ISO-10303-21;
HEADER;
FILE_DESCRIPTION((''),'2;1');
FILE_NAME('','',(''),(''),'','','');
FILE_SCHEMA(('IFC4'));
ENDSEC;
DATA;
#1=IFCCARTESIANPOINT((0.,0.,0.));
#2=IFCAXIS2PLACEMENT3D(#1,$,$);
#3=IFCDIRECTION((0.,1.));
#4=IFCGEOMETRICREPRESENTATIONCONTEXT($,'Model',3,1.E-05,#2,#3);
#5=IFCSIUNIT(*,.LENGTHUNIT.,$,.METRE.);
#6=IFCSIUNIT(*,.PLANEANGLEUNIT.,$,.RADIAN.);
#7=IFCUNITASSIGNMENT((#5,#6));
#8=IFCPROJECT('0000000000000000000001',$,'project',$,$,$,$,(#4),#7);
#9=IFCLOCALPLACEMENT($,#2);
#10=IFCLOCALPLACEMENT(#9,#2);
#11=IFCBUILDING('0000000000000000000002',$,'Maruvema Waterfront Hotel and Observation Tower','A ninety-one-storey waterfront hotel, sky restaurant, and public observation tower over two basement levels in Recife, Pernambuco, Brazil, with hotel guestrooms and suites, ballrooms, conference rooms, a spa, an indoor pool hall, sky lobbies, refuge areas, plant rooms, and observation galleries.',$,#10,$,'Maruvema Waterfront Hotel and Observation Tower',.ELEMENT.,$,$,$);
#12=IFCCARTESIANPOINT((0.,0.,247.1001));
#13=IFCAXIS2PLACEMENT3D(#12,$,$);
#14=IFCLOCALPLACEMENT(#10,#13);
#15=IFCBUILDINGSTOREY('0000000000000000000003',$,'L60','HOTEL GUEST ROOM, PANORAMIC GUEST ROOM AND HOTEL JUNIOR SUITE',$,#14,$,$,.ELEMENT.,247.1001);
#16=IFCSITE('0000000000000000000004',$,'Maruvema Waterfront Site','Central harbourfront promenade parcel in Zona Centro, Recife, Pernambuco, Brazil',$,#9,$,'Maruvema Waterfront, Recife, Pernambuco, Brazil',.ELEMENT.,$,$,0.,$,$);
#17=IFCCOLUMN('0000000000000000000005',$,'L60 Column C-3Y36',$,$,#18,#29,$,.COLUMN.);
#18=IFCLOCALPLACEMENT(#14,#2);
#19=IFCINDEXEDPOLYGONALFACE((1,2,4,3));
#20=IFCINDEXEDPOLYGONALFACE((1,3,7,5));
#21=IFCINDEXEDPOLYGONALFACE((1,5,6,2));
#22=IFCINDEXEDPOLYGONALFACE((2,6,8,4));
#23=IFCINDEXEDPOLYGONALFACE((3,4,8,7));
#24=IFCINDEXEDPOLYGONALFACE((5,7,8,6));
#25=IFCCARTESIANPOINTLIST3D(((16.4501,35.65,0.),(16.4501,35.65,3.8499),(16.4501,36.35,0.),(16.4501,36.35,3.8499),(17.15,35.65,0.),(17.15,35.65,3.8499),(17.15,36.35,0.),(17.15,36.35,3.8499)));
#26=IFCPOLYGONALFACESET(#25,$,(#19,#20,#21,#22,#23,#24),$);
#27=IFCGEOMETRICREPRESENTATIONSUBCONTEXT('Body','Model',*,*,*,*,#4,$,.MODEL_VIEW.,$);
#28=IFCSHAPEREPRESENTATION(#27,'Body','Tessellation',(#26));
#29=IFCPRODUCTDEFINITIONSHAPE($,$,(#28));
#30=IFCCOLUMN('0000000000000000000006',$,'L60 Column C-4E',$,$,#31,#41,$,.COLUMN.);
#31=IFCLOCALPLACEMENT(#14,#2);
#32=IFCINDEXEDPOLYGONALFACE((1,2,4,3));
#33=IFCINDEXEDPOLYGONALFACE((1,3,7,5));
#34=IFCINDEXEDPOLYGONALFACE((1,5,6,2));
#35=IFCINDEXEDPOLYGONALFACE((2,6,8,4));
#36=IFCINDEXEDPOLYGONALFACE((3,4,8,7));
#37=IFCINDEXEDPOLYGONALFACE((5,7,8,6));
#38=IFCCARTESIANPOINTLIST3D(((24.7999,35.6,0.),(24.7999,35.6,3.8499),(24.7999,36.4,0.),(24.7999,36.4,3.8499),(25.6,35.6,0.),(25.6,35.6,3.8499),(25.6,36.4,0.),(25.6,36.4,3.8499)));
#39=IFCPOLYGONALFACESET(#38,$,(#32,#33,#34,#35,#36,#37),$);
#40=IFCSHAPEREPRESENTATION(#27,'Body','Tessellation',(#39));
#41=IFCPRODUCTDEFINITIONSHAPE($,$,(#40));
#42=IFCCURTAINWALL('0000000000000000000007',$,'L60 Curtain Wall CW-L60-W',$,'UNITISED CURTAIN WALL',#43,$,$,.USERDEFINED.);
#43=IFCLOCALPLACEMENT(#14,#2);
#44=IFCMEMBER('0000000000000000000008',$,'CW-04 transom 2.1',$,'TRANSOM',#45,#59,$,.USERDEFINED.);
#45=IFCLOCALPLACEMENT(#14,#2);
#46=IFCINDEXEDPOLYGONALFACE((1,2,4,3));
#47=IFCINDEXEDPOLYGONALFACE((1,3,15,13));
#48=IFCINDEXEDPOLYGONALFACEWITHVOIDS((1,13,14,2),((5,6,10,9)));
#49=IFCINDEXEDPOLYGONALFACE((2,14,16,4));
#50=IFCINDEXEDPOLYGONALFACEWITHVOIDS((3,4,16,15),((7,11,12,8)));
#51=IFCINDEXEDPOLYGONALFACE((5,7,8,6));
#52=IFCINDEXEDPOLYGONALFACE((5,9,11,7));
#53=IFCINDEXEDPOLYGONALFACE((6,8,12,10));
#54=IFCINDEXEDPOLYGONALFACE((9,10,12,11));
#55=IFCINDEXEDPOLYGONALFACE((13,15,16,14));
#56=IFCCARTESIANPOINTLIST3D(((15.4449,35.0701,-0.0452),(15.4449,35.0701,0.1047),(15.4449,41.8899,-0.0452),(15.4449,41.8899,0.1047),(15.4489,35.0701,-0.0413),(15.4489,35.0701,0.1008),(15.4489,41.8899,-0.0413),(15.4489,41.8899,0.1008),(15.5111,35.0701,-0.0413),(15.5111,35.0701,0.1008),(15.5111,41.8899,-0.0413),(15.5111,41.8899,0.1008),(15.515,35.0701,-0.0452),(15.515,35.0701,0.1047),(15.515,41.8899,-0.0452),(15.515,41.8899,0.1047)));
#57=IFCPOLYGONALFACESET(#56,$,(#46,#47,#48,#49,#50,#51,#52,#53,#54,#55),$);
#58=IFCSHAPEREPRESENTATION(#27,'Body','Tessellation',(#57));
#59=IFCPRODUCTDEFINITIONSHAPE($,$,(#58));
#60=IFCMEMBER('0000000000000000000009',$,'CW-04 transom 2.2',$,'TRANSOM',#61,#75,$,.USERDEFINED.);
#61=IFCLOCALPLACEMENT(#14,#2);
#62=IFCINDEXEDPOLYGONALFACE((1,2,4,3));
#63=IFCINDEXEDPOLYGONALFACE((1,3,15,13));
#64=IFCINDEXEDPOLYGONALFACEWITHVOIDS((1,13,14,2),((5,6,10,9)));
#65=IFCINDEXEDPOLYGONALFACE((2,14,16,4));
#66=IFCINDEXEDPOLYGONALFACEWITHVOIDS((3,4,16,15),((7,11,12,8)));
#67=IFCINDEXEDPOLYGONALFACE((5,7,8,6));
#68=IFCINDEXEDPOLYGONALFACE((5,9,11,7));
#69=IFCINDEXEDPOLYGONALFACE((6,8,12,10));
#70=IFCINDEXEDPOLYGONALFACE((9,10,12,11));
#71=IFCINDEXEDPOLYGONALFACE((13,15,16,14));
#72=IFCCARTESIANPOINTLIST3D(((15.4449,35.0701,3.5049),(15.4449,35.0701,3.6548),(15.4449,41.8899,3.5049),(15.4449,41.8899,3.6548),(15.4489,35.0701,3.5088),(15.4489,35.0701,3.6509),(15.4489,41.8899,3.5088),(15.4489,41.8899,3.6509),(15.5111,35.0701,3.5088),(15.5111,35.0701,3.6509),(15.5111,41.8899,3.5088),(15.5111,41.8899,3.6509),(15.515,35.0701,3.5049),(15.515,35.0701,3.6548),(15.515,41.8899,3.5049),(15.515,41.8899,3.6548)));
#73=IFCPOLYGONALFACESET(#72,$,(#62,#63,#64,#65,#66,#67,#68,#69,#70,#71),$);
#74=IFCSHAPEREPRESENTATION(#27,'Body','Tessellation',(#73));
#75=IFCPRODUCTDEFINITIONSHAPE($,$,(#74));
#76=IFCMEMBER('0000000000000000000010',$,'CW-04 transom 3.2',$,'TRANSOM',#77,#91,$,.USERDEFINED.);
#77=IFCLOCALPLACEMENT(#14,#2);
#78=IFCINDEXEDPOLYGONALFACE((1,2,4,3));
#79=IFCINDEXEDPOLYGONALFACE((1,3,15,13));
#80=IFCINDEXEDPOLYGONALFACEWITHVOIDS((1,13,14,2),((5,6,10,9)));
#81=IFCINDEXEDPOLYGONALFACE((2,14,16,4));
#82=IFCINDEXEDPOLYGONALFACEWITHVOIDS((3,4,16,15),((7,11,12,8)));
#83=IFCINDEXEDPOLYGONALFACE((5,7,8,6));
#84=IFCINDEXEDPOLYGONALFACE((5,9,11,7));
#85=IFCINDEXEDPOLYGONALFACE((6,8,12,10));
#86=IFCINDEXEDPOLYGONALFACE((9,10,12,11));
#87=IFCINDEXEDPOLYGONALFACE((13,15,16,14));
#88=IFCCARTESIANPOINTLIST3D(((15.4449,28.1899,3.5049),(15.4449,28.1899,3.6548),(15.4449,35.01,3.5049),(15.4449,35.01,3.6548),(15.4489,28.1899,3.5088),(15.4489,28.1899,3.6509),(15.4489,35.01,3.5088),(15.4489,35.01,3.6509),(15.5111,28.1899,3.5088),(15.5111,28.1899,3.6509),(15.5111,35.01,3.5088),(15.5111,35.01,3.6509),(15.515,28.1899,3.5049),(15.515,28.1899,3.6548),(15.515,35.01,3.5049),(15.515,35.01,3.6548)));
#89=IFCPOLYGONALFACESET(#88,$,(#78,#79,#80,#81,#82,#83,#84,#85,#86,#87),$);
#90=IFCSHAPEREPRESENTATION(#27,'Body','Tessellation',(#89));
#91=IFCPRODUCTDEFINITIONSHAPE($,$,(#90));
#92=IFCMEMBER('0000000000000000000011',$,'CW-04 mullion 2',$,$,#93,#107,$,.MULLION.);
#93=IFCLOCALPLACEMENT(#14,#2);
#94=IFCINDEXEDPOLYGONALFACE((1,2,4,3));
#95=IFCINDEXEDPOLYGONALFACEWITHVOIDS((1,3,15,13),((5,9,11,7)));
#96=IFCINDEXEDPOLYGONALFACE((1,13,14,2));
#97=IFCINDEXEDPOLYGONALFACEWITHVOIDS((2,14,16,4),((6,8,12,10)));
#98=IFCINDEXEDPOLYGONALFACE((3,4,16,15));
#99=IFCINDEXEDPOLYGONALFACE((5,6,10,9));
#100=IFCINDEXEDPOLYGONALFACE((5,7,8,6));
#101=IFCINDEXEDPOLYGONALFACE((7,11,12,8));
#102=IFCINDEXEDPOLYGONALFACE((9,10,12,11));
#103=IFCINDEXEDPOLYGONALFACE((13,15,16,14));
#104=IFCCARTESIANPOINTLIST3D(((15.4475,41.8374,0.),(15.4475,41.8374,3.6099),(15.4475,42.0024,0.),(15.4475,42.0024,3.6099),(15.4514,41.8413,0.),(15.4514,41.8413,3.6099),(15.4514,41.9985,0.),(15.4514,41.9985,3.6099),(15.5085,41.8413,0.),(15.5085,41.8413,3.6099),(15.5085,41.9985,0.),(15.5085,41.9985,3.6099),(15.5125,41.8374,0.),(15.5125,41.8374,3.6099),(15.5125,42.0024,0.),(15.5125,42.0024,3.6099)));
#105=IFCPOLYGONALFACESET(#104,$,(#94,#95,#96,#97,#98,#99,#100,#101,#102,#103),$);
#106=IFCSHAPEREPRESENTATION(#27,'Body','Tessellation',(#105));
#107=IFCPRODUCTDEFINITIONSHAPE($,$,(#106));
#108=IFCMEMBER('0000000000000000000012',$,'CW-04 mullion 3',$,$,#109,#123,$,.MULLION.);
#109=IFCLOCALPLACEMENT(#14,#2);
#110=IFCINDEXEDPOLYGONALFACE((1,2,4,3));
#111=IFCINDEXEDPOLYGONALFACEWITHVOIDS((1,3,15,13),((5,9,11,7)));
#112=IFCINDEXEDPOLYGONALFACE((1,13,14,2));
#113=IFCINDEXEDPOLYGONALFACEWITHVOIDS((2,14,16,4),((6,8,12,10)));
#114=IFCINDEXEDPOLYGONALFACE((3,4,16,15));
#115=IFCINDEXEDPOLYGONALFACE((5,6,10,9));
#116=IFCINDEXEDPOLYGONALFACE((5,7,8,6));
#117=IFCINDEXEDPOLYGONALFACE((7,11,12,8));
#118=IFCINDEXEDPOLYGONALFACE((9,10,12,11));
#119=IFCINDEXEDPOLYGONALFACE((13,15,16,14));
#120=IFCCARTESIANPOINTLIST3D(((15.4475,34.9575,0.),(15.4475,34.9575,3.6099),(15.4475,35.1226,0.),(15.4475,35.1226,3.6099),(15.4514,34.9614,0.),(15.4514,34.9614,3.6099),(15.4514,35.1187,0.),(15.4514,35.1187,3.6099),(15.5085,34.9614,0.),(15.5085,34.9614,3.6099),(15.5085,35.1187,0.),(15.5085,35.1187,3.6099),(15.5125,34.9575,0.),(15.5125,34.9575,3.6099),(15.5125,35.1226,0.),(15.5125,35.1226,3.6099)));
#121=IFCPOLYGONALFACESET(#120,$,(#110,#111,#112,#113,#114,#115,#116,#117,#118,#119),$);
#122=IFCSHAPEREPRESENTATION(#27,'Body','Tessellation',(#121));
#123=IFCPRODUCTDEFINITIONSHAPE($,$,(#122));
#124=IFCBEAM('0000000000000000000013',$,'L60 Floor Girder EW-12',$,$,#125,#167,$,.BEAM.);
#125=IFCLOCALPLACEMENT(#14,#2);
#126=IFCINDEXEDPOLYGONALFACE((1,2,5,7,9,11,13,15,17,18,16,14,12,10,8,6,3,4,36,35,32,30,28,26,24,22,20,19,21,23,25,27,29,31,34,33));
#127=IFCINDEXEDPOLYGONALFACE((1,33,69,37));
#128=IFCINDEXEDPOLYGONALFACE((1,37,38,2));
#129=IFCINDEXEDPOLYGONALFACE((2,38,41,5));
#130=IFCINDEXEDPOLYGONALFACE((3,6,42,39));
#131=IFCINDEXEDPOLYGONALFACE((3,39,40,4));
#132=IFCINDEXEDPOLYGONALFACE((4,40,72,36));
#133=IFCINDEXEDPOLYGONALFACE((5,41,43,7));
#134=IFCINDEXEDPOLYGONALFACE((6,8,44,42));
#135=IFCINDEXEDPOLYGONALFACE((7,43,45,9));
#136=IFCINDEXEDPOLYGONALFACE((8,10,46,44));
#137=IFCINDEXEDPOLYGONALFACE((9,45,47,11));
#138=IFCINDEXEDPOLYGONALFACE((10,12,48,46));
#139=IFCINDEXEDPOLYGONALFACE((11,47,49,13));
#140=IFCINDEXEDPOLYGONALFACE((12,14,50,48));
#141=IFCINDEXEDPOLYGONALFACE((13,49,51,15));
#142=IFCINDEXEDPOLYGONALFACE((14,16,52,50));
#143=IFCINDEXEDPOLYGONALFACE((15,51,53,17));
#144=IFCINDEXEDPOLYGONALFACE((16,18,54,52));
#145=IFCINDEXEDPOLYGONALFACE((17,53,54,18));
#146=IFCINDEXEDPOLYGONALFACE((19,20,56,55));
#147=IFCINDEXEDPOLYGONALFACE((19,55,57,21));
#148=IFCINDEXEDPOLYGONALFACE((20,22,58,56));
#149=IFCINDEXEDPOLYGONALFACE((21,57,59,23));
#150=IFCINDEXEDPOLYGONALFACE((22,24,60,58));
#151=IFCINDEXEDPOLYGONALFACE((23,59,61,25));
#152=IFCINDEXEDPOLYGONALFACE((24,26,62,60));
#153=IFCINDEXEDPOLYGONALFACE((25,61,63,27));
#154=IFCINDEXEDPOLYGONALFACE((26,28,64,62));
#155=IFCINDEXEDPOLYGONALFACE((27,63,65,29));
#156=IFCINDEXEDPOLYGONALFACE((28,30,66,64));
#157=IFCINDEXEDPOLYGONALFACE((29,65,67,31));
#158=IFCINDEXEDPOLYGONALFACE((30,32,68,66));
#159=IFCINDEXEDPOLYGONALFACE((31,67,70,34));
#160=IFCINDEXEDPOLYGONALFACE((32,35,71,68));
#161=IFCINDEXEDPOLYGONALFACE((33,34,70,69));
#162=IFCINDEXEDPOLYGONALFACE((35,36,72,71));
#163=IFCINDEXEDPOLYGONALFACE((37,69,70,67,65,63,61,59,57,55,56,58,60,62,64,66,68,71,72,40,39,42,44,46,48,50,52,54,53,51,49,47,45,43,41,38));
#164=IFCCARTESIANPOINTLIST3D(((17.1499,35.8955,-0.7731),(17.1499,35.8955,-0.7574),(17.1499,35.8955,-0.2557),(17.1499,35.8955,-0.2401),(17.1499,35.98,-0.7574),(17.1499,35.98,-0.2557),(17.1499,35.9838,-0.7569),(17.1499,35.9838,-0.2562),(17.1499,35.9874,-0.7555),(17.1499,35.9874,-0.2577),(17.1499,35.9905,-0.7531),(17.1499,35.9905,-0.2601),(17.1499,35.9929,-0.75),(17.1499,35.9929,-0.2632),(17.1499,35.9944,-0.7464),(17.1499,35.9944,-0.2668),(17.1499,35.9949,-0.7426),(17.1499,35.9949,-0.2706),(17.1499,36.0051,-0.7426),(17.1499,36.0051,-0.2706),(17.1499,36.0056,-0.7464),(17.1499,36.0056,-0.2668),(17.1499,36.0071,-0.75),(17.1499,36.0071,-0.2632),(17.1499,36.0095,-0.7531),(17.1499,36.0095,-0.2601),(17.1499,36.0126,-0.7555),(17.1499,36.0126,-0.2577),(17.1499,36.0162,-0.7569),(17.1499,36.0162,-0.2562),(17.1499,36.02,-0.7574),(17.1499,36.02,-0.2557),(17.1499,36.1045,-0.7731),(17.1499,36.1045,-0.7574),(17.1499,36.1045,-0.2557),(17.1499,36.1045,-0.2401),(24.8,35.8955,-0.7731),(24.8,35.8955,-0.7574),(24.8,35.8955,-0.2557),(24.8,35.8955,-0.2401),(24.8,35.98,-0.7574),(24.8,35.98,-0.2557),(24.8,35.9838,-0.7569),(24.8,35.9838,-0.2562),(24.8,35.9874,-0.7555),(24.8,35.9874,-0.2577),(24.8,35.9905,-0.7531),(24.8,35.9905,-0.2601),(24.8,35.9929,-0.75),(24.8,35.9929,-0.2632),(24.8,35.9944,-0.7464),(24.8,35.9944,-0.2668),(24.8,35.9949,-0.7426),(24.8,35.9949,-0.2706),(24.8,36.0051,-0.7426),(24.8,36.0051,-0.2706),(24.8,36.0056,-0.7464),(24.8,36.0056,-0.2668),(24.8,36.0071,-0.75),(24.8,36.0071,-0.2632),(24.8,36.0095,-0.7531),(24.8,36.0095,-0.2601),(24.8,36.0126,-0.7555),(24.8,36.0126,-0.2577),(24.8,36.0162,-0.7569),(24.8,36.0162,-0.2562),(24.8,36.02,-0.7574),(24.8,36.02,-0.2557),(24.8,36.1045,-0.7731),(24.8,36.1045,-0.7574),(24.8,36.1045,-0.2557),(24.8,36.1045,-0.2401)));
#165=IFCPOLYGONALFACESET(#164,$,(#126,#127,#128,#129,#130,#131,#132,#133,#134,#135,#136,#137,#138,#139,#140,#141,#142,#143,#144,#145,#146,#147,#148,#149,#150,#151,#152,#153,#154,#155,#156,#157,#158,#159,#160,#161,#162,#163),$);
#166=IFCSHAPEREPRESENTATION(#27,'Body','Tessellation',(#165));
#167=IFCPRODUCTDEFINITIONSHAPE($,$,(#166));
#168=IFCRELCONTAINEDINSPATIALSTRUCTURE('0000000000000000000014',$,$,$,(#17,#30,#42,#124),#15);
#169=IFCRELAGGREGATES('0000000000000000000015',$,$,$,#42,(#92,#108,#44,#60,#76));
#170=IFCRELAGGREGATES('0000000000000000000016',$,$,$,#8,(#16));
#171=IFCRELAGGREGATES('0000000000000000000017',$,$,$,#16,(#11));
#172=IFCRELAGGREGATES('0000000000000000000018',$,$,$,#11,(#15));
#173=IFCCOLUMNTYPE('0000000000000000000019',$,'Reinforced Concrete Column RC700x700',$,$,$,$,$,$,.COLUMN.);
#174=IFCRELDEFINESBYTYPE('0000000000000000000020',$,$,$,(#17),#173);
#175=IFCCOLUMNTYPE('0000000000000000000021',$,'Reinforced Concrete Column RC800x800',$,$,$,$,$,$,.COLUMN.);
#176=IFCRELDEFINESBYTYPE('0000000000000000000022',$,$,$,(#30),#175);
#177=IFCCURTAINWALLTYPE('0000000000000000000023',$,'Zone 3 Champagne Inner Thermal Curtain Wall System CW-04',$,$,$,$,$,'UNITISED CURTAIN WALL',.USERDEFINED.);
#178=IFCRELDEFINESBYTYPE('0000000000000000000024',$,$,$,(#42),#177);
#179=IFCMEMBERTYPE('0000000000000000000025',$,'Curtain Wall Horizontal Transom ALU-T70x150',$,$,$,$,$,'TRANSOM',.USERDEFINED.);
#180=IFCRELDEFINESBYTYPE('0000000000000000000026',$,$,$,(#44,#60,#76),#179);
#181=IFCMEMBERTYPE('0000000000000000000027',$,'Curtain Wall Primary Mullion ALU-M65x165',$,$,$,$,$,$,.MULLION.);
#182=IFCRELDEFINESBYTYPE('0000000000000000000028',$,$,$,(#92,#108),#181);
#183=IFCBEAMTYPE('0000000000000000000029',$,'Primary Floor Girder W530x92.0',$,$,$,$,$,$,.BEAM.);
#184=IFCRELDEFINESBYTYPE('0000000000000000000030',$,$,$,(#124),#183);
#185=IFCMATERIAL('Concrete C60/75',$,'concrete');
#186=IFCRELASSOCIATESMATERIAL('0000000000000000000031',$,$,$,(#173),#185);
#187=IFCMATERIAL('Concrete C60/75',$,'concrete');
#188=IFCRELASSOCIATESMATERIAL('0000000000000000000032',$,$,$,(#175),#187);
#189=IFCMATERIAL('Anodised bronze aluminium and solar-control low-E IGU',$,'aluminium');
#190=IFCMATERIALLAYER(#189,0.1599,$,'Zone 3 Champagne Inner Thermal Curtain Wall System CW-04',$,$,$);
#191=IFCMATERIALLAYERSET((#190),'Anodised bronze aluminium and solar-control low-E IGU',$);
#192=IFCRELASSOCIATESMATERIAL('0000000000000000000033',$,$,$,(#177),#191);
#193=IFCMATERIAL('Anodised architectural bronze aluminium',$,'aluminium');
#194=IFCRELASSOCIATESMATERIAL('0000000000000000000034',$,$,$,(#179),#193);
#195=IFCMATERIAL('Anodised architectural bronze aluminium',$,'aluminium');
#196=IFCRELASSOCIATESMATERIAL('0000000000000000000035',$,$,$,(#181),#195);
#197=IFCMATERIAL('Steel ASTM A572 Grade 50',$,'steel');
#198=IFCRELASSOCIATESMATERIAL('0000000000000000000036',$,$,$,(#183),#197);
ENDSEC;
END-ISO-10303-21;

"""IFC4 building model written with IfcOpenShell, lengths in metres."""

from ifc_helpers import new_model, si_unit, direction, frame, origin, origin_2d, place, context, subcontext, project, spatial, rectangle, hollow_rectangle, i_section, extrude, material, layer, layer_set, material_profile, profile_set, type_object, element, aggregate, save


model = new_model("IFC4")

# Units and contexts
model_context = context("Model", 3, precision=1e-05, world=origin(), true_north=direction((0.0, 1.0)))
body_context = subcontext(model_context, "Body", "Model", "MODEL_VIEW")
ifc_project = project(units=[si_unit("LENGTHUNIT", "METRE"), si_unit("PLANEANGLEUNIT", "RADIAN")], contexts=[model_context])

# Site, building, storey
site_placement = place(None, origin())
site = spatial("IfcSite", under=ifc_project, at=site_placement, Name="Maruvema Waterfront Site", Description="Central harbourfront promenade parcel in Zona Centro, Recife, Pernambuco, Brazil", LongName="Maruvema Waterfront, Recife, Pernambuco, Brazil", CompositionType="ELEMENT", RefElevation=0.0)
building_placement = place(site_placement, origin())
building = spatial("IfcBuilding", under=site, at=building_placement, Name="Maruvema Waterfront Hotel and Observation Tower", Description="A ninety-one-storey waterfront hotel, sky restaurant, and public observation tower over two basement levels in Recife, Pernambuco, Brazil, with hotel guestrooms and suites, ballrooms, conference rooms, a spa, an indoor pool hall, sky lobbies, refuge areas, plant rooms, and observation galleries.", LongName="Maruvema Waterfront Hotel and Observation Tower", CompositionType="ELEMENT")
storey_placement = place(building_placement, frame((0.0, 0.0, 247.1001)))
storey = spatial("IfcBuildingStorey", under=building, at=storey_placement, Name="L60", Description="HOTEL GUEST ROOM, PANORAMIC GUEST ROOM AND HOTEL JUNIOR SUITE", CompositionType="ELEMENT", Elevation=247.1001)

# Columns
ifc_material_1 = material(Name="Concrete C60/75", Category="concrete")
ifc_material_profile_1 = material_profile(ifc_material_1, rectangle(XDim=0.7, YDim=0.7, at=origin_2d()), Name="RC700x700")
ifc_profile_set_1 = profile_set([ifc_material_profile_1], Name="Concrete C60/75")
column_type_1 = type_object("IfcColumnType", Name="Reinforced Concrete Column RC700x700", PredefinedType="COLUMN", material=ifc_profile_set_1)
column_1_placement = place(storey_placement, frame((16.8, 36.0, 0.0), z_axis=(0.0, 0.0, 1.0), x_axis=(1.0, 0.0, 0.0)))
element("IfcColumn", 1, at=column_1_placement, inside=storey, type_object=column_type_1, Name="L60 Column C-3Y36", PredefinedType="COLUMN", context=body_context, shape_type="SweptSolid", body=[
    extrude(rectangle(XDim=0.7, YDim=0.7, at=origin_2d()), origin(), (0.0, 0.0, 1.0), 3.8499),
])
ifc_material_2 = material(Name="Concrete C60/75", Category="concrete")
ifc_material_profile_2 = material_profile(ifc_material_2, rectangle(XDim=0.8, YDim=0.8, at=origin_2d()), Name="RC800x800")
ifc_profile_set_2 = profile_set([ifc_material_profile_2], Name="Concrete C60/75")
column_type_2 = type_object("IfcColumnType", Name="Reinforced Concrete Column RC800x800", PredefinedType="COLUMN", material=ifc_profile_set_2)
column_2_placement = place(storey_placement, frame((25.2, 36.0, 0.0), z_axis=(0.0, 0.0, 1.0), x_axis=(1.0, 0.0, 0.0)))
element("IfcColumn", 2, at=column_2_placement, inside=storey, type_object=column_type_2, Name="L60 Column C-4E", PredefinedType="COLUMN", context=body_context, shape_type="SweptSolid", body=[
    extrude(rectangle(XDim=0.8, YDim=0.8, at=origin_2d()), origin(), (0.0, 0.0, 1.0), 3.8499),
])

# Curtain wall, members
ifc_material_3 = material(Name="Anodised bronze aluminium and solar-control low-E IGU", Category="aluminium")
ifc_layer_1 = layer(ifc_material_3, 0.1599, Name="Zone 3 Champagne Inner Thermal Curtain Wall System CW-04")
ifc_layer_set_1 = layer_set([ifc_layer_1], Name="Anodised bronze aluminium and solar-control low-E IGU")
curtain_wall_type = type_object("IfcCurtainWallType", Name="Zone 3 Champagne Inner Thermal Curtain Wall System CW-04", ElementType="UNITISED CURTAIN WALL", PredefinedType="USERDEFINED", material=ifc_layer_set_1)
curtain_wall_placement = place(storey_placement, origin())
curtain_wall = element("IfcCurtainWall", 3, at=curtain_wall_placement, inside=storey, type_object=curtain_wall_type, Name="L60 Curtain Wall CW-L60-W", ObjectType="UNITISED CURTAIN WALL", PredefinedType="USERDEFINED")
ifc_material_4 = material(Name="Anodised architectural bronze aluminium", Category="aluminium")
ifc_material_profile_3 = material_profile(ifc_material_4, hollow_rectangle(XDim=0.0701, YDim=0.1499, WallThickness=0.0039, at=origin_2d()), Name="ALU-T70x150")
ifc_profile_set_3 = profile_set([ifc_material_profile_3], Name="Anodised architectural bronze aluminium")
member_type_1 = type_object("IfcMemberType", Name="Curtain Wall Horizontal Transom ALU-T70x150", ElementType="TRANSOM", PredefinedType="USERDEFINED", material=ifc_profile_set_3)
member_1_placement = place(storey_placement, frame((15.48, 41.8899, 0.0298), z_axis=(0.0, -1.0, 0.0), x_axis=(1.0, 0.0, 0.0)))
member_1 = element("IfcMember", 4, at=member_1_placement, type_object=member_type_1, Name="CW-04 transom 2.1", ObjectType="TRANSOM", PredefinedType="USERDEFINED", context=body_context, shape_type="SweptSolid", body=[
    extrude(hollow_rectangle(XDim=0.0701, YDim=0.1499, WallThickness=0.0039, at=origin_2d()), origin(), (0.0, 0.0, 1.0), 6.8198),
])
member_2_placement = place(storey_placement, frame((15.48, 41.8899, 3.5798), z_axis=(0.0, -1.0, 0.0), x_axis=(1.0, 0.0, 0.0)))
member_2 = element("IfcMember", 5, at=member_2_placement, type_object=member_type_1, Name="CW-04 transom 2.2", ObjectType="TRANSOM", PredefinedType="USERDEFINED", context=body_context, shape_type="SweptSolid", body=[
    extrude(hollow_rectangle(XDim=0.0701, YDim=0.1499, WallThickness=0.0039, at=origin_2d()), origin(), (0.0, 0.0, 1.0), 6.8198),
])
member_3_placement = place(storey_placement, frame((15.48, 35.01, 3.5798), z_axis=(0.0, -1.0, 0.0), x_axis=(1.0, 0.0, 0.0)))
member_3 = element("IfcMember", 6, at=member_3_placement, type_object=member_type_1, Name="CW-04 transom 3.2", ObjectType="TRANSOM", PredefinedType="USERDEFINED", context=body_context, shape_type="SweptSolid", body=[
    extrude(hollow_rectangle(XDim=0.0701, YDim=0.1499, WallThickness=0.0039, at=origin_2d()), origin(), (0.0, 0.0, 1.0), 6.8201),
])
ifc_material_5 = material(Name="Anodised architectural bronze aluminium", Category="aluminium")
ifc_material_profile_4 = material_profile(ifc_material_5, hollow_rectangle(XDim=0.0649, YDim=0.165, WallThickness=0.0039, at=origin_2d()), Name="ALU-M65x165")
ifc_profile_set_4 = profile_set([ifc_material_profile_4], Name="Anodised architectural bronze aluminium")
member_type_2 = type_object("IfcMemberType", Name="Curtain Wall Primary Mullion ALU-M65x165", PredefinedType="MULLION", material=ifc_profile_set_4)
member_4_placement = place(storey_placement, frame((15.48, 41.9199, 0.0), z_axis=(0.0, 0.0, 1.0), x_axis=(1.0, 0.0, 0.0)))
member_4 = element("IfcMember", 7, at=member_4_placement, type_object=member_type_2, Name="CW-04 mullion 2", PredefinedType="MULLION", context=body_context, shape_type="SweptSolid", body=[
    extrude(hollow_rectangle(XDim=0.0649, YDim=0.165, WallThickness=0.0039, at=origin_2d()), origin(), (0.0, 0.0, 1.0), 3.6099),
])
member_5_placement = place(storey_placement, frame((15.48, 35.04, 0.0), z_axis=(0.0, 0.0, 1.0), x_axis=(1.0, 0.0, 0.0)))
member_5 = element("IfcMember", 8, at=member_5_placement, type_object=member_type_2, Name="CW-04 mullion 3", PredefinedType="MULLION", context=body_context, shape_type="SweptSolid", body=[
    extrude(hollow_rectangle(XDim=0.0649, YDim=0.165, WallThickness=0.0039, at=origin_2d()), origin(), (0.0, 0.0, 1.0), 3.6099),
])

# Beam
ifc_material_6 = material(Name="Steel ASTM A572 Grade 50", Category="steel")
ifc_material_profile_5 = material_profile(ifc_material_6, i_section(OverallWidth=0.209, OverallDepth=0.533, WebThickness=0.0103, FlangeThickness=0.0156, FilletRadius=0.0149, at=origin_2d()), Name="W530x92.0")
ifc_profile_set_5 = profile_set([ifc_material_profile_5], Name="Steel ASTM A572 Grade 50")
beam_type_1 = type_object("IfcBeamType", Name="Primary Floor Girder W530x92.0", PredefinedType="BEAM", material=ifc_profile_set_5)
beam_1_placement = place(storey_placement, frame((17.1499, 36.0, -0.5066), z_axis=(1.0, 0.0, 0.0), x_axis=(0.0, 1.0, 0.0)))
element("IfcBeam", 9, at=beam_1_placement, inside=storey, type_object=beam_type_1, Name="L60 Floor Girder EW-12", PredefinedType="BEAM", context=body_context, shape_type="SweptSolid", body=[
    extrude(i_section(OverallWidth=0.209, OverallDepth=0.533, WebThickness=0.0103, FlangeThickness=0.0156, FilletRadius=0.0149, at=origin_2d()), origin(), (0.0, 0.0, 1.0), 7.6501),
])

aggregate(curtain_wall, [member_4, member_5, member_1, member_2, member_3])

save(model, "model.ifc")
